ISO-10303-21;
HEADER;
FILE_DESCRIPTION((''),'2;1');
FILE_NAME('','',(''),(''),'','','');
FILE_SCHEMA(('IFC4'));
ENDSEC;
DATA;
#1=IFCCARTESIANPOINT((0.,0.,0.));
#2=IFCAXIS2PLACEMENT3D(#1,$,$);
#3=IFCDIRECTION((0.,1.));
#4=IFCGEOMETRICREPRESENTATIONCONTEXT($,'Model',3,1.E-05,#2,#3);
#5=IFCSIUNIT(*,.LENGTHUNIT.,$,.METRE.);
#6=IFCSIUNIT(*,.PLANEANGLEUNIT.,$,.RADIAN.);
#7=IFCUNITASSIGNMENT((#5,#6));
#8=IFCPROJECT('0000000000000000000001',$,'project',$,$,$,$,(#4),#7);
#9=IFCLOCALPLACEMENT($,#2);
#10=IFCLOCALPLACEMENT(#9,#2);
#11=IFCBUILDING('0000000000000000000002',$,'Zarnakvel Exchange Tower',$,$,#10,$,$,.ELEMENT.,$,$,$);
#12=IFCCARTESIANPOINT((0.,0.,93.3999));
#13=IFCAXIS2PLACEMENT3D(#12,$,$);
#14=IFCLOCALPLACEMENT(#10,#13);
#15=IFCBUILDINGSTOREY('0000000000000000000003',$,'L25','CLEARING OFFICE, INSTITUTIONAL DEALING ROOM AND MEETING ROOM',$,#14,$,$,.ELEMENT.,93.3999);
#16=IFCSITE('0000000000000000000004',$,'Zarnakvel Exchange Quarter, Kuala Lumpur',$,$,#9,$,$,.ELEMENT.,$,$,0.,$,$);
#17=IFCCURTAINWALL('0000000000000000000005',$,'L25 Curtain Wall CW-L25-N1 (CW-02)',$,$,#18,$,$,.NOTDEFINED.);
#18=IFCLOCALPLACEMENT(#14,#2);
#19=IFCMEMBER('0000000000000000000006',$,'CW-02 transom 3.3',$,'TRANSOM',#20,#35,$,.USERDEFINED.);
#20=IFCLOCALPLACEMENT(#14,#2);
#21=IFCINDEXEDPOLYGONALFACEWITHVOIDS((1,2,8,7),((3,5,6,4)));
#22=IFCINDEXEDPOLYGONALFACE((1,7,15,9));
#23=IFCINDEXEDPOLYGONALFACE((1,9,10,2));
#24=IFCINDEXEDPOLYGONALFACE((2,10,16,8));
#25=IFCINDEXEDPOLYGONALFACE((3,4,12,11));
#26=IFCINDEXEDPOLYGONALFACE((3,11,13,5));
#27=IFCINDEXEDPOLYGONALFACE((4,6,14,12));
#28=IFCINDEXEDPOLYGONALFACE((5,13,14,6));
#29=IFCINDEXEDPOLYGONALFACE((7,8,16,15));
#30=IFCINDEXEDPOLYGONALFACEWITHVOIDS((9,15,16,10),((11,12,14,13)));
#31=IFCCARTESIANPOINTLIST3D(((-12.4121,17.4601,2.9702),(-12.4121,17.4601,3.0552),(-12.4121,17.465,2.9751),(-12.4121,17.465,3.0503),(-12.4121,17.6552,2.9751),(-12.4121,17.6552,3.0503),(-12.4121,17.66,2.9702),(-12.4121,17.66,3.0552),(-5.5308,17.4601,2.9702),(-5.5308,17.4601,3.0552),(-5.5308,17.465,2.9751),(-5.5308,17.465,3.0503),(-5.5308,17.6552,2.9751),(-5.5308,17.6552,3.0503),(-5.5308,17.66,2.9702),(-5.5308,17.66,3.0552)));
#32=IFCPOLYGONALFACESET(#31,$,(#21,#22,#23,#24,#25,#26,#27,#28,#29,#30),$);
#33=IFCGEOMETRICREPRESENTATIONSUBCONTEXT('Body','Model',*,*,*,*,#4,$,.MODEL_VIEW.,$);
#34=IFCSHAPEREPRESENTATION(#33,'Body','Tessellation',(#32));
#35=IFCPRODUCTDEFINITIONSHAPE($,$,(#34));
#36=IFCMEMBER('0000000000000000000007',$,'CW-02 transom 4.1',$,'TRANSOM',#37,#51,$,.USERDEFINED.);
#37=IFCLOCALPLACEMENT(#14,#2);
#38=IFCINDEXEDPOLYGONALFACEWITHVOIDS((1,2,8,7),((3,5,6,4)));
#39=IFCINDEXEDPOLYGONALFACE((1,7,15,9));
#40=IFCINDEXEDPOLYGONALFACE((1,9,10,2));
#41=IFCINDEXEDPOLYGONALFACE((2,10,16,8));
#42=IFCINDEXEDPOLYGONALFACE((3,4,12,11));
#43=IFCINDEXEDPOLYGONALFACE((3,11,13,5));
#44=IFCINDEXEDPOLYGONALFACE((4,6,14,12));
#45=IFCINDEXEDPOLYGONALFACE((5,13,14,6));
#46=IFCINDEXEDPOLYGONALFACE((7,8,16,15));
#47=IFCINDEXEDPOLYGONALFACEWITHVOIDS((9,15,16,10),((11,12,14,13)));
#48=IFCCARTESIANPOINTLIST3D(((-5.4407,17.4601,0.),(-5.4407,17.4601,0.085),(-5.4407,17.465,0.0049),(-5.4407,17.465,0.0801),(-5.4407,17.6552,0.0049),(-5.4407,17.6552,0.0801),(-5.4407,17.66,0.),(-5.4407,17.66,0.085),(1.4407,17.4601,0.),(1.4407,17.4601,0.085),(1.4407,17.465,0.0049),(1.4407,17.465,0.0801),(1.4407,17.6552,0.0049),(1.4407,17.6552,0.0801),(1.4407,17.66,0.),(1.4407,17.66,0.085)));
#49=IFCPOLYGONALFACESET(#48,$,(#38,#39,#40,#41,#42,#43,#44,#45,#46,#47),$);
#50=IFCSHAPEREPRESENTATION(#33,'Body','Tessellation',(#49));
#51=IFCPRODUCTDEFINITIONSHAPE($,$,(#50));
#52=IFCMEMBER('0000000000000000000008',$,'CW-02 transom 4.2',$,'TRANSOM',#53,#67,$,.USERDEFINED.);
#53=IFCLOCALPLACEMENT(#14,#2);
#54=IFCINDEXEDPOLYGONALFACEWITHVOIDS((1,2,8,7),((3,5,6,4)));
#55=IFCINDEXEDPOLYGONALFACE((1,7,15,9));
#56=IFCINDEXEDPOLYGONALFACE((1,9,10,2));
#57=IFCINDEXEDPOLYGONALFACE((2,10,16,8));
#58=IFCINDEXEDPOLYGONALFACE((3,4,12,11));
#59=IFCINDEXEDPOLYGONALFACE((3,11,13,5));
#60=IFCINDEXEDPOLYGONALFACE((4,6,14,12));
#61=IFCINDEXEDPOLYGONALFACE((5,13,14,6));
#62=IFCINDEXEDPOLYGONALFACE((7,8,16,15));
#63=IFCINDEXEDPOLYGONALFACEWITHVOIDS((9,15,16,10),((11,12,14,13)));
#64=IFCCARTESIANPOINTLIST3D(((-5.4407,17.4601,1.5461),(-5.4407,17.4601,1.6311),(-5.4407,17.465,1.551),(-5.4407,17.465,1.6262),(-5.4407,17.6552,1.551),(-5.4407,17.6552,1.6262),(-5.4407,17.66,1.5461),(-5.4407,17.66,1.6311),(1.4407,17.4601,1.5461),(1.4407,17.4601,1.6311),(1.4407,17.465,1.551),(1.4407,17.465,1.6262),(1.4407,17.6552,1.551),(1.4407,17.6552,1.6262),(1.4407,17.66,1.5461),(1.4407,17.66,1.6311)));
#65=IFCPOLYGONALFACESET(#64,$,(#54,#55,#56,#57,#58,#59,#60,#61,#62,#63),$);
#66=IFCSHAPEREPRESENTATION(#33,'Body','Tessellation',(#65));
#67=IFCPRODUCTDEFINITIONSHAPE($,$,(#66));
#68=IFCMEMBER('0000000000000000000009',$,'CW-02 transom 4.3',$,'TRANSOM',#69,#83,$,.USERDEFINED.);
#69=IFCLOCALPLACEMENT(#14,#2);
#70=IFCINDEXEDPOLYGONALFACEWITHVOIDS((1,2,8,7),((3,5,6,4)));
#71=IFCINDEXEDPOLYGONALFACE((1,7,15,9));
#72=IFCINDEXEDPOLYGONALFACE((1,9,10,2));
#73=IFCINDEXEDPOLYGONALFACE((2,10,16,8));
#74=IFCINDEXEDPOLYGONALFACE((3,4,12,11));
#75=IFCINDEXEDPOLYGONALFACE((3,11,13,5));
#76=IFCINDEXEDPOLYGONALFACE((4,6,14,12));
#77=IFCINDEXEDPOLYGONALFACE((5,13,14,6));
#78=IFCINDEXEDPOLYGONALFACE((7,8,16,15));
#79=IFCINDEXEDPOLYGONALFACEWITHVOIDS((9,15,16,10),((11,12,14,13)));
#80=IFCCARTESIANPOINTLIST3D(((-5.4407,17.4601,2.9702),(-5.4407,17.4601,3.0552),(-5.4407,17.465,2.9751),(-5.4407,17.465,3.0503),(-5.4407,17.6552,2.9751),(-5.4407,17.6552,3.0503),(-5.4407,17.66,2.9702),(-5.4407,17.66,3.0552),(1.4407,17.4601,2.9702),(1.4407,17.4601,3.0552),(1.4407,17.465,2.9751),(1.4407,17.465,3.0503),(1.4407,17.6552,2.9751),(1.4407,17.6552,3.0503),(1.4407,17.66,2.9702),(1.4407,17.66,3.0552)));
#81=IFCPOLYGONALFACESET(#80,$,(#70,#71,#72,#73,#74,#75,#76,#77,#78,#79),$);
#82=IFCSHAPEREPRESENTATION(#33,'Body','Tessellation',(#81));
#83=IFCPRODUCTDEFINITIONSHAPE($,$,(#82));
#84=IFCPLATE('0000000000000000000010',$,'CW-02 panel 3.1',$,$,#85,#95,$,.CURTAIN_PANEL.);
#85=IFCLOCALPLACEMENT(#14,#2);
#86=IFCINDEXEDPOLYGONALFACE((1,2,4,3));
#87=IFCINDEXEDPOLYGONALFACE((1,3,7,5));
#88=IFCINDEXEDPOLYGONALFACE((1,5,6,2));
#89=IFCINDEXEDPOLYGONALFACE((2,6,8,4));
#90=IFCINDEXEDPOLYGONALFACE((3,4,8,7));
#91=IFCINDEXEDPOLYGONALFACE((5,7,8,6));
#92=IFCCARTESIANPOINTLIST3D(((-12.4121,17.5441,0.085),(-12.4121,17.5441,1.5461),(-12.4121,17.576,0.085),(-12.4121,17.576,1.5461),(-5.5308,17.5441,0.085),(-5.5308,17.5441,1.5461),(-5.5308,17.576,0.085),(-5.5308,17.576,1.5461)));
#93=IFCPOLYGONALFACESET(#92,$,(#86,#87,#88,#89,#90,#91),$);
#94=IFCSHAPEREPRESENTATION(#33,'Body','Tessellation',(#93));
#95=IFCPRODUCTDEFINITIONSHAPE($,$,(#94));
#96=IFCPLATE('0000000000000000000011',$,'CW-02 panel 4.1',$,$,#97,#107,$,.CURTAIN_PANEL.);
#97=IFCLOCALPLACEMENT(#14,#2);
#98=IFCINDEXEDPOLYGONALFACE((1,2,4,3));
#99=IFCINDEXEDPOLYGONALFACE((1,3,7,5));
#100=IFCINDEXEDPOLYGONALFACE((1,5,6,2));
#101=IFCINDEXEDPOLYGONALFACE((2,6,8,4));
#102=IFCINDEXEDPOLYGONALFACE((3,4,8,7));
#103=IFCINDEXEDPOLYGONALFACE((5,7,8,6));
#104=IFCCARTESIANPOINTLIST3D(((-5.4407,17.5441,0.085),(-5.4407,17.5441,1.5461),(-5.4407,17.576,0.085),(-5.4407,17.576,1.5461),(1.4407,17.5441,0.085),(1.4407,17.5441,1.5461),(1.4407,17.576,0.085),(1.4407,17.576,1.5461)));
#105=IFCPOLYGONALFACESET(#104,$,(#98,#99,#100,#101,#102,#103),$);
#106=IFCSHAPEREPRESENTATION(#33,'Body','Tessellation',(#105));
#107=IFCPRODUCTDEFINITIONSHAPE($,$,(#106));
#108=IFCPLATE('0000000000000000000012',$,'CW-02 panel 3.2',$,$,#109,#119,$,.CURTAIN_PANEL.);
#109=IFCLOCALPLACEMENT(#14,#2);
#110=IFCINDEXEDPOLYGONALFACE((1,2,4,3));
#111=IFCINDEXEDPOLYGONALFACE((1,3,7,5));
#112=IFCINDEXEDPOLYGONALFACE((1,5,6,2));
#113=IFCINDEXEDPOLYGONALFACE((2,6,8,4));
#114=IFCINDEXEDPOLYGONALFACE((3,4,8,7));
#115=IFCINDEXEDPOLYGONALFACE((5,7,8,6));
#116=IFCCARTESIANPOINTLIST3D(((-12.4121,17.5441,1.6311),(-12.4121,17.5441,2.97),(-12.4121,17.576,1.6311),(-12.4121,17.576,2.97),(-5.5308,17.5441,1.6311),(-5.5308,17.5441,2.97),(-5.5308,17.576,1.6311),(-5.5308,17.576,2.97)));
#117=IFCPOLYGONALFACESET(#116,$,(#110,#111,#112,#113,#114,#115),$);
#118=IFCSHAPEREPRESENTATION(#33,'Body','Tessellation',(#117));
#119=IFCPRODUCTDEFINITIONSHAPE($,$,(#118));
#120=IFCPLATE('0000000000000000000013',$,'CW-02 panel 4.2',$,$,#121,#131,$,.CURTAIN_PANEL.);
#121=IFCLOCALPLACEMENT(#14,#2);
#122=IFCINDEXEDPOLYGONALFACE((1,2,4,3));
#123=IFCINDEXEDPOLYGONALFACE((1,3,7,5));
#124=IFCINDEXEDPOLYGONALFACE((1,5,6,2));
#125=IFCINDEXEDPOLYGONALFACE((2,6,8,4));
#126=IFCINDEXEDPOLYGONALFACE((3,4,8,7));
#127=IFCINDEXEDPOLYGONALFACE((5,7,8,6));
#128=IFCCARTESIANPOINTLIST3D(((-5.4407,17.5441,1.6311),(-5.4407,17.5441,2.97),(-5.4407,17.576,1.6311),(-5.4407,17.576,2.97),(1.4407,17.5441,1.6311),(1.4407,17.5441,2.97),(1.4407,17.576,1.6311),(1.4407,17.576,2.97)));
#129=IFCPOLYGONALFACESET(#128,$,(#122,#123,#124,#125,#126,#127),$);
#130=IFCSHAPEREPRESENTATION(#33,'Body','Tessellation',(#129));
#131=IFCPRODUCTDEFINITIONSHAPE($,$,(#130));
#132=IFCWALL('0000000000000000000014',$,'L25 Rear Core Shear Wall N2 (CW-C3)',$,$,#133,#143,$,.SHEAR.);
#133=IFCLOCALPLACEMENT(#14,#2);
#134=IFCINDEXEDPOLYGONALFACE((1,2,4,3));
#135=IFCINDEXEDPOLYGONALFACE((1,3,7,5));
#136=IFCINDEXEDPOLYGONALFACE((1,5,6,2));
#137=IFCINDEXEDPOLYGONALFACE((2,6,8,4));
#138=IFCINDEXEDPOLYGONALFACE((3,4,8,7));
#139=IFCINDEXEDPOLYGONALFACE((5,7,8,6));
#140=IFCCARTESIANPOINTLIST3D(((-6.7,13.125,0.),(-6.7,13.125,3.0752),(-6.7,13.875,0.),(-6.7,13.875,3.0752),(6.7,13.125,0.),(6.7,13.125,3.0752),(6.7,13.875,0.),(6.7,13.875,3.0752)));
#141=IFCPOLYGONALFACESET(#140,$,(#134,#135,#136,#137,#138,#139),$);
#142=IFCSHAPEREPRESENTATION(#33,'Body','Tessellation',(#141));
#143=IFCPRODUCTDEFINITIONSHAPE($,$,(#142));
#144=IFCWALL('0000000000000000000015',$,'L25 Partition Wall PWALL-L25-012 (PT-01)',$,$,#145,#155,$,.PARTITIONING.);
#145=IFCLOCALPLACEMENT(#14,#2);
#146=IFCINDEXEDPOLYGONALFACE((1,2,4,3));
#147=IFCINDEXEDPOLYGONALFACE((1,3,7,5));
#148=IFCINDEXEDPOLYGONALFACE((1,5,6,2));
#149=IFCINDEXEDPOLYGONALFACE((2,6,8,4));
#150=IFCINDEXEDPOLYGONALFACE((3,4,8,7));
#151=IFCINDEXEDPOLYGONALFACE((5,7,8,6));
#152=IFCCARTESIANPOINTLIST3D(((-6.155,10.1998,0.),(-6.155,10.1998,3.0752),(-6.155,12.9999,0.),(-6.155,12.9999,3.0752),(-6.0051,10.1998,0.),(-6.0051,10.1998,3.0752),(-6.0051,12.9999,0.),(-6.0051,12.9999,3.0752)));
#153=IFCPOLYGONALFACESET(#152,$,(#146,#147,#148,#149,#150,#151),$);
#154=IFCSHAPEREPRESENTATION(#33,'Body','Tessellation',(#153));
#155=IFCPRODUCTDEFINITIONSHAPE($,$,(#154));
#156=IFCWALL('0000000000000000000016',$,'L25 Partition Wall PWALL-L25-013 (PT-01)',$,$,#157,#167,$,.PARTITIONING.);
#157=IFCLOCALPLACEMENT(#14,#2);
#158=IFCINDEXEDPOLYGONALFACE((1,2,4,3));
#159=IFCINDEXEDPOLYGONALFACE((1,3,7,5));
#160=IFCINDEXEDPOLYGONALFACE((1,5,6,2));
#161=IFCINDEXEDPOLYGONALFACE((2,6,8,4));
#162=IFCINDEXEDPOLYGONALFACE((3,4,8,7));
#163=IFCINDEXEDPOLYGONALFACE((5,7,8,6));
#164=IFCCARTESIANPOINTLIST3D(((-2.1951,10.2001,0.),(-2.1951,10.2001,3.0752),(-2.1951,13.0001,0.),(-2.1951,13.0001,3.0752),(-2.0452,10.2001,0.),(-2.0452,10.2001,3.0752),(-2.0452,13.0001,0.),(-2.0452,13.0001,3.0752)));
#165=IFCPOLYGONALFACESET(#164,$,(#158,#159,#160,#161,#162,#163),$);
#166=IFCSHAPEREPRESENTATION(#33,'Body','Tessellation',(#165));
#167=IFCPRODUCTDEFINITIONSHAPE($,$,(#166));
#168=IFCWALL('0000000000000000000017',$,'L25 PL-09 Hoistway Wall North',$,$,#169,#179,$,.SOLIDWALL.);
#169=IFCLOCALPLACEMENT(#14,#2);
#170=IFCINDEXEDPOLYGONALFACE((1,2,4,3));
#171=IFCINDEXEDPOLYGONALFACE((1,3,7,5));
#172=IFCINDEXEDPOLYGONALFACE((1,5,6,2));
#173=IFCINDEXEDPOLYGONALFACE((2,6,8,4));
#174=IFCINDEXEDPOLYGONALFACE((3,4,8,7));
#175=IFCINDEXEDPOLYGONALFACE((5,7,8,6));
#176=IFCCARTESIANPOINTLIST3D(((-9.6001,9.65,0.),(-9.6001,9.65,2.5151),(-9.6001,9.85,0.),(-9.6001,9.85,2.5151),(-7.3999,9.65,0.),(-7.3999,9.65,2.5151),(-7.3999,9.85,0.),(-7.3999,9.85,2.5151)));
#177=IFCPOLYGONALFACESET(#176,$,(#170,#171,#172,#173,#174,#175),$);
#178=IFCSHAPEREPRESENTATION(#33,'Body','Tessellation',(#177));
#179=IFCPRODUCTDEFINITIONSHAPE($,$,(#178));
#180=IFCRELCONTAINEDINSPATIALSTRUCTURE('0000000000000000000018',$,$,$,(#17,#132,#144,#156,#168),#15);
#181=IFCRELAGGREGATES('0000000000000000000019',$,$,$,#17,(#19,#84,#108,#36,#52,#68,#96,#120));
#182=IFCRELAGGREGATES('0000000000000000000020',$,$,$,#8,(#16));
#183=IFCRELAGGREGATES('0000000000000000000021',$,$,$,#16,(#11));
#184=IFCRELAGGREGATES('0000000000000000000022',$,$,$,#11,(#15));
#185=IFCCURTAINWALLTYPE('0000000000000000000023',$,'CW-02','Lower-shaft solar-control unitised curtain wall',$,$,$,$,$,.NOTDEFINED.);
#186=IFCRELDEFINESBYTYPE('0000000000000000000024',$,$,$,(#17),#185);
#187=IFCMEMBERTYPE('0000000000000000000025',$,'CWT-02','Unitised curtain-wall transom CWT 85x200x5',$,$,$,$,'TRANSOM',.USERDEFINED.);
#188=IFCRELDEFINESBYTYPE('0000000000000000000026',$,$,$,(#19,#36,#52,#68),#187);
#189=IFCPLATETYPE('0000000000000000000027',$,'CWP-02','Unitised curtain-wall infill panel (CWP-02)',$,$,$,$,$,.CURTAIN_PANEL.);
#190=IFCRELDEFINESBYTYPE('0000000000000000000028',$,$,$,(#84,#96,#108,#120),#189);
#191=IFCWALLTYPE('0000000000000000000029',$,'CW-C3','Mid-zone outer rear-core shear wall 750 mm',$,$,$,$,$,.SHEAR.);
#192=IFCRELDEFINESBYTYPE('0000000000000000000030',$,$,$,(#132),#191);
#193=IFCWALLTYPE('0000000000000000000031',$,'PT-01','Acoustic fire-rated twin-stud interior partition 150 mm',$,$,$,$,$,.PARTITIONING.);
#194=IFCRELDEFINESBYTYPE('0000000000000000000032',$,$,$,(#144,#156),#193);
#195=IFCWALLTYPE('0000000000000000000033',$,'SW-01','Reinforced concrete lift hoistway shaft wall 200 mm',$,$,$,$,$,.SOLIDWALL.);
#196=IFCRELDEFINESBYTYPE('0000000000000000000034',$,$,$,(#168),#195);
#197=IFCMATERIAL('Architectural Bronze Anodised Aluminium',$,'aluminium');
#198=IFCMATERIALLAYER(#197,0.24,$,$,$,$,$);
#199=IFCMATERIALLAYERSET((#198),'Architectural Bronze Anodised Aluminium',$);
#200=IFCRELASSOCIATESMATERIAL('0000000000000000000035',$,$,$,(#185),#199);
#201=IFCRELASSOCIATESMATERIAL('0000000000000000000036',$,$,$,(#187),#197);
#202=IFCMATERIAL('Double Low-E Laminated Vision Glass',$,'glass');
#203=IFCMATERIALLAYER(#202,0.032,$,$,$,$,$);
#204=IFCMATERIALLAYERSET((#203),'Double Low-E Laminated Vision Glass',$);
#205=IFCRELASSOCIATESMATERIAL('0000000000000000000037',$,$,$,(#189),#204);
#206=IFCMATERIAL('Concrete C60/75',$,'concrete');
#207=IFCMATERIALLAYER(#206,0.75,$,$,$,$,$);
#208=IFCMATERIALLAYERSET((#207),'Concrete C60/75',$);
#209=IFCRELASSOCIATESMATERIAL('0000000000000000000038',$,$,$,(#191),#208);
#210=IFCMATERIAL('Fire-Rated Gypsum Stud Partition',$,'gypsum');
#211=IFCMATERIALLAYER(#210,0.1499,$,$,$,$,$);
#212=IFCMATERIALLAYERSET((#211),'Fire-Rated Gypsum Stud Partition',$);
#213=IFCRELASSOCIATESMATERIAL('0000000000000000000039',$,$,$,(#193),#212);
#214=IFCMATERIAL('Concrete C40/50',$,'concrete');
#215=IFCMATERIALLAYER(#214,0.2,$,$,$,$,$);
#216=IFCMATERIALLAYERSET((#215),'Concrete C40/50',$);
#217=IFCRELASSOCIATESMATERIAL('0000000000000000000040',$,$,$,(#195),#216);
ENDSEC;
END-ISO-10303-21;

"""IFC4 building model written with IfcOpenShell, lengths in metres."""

from ifc_helpers import new_model, si_unit, direction, frame, frame_2d, origin, origin_2d, place, context, subcontext, project, spatial, rectangle, hollow_rectangle, extrude, source, transform, mapped, material, layer, layer_set, material_profile, profile_set, type_object, element, aggregate, save


model = new_model("IFC4")

# Units and contexts
model_context = context("Model", 3, precision=1e-05, world=origin(), true_north=direction((0.0, 1.0)))
body_context = subcontext(model_context, "Body", "Model", "MODEL_VIEW")
ifc_project = project(units=[si_unit("LENGTHUNIT", "METRE"), si_unit("PLANEANGLEUNIT", "RADIAN")], contexts=[model_context])

# Site, building, storey
site_placement = place(None, origin())
site = spatial("IfcSite", under=ifc_project, at=site_placement, Name="Zarnakvel Exchange Quarter, Kuala Lumpur", CompositionType="ELEMENT", RefElevation=0.0)
building_placement = place(site_placement, origin())
building = spatial("IfcBuilding", under=site, at=building_placement, Name="Zarnakvel Exchange Tower", CompositionType="ELEMENT")
storey_placement = place(building_placement, frame((0.0, 0.0, 93.3999)))
storey = spatial("IfcBuildingStorey", under=building, at=storey_placement, Name="L25", Description="CLEARING OFFICE, INSTITUTIONAL DEALING ROOM AND MEETING ROOM", CompositionType="ELEMENT", Elevation=93.3999)

# Shared definitions
ifc_material_1 = material(Name="Concrete C60/75", Category="concrete")

# Curtain wall, members, plates
ifc_material_2 = material(Name="Architectural Bronze Anodised Aluminium", Category="aluminium")
ifc_layer_1 = layer(ifc_material_2, 0.24)
ifc_layer_set_1 = layer_set([ifc_layer_1], Name="Architectural Bronze Anodised Aluminium")
curtain_wall_type = type_object("IfcCurtainWallType", Name="CW-02", Description="Lower-shaft solar-control unitised curtain wall", PredefinedType="NOTDEFINED", material=ifc_layer_set_1)
curtain_wall_placement = place(storey_placement, origin())
curtain_wall = element("IfcCurtainWall", 1, at=curtain_wall_placement, inside=storey, type_object=curtain_wall_type, Name="L25 Curtain Wall CW-L25-N1 (CW-02)", PredefinedType="NOTDEFINED")
ifc_material_profile_1 = material_profile(ifc_material_2, hollow_rectangle(XDim=0.2, YDim=0.085, WallThickness=0.0049, at=origin_2d()))
ifc_profile_set_1 = profile_set([ifc_material_profile_1], Name="Architectural Bronze Anodised Aluminium")
member_type_1 = type_object("IfcMemberType", Name="CWT-02", Description="Unitised curtain-wall transom CWT 85x200x5", ElementType="TRANSOM", PredefinedType="USERDEFINED", material=ifc_profile_set_1)
shared_shape_1 = source(origin(), body_context, "Body", "SweptSolid", [
    extrude(hollow_rectangle(XDim=0.2, YDim=0.085, WallThickness=0.0049, at=origin_2d()), origin(), (0.0, 0.0, 1.0), 6.8813),
])
member_1_placement = place(storey_placement, frame((-12.4121, 17.5601, 3.0127), z_axis=(1.0, 0.0, 0.0), x_axis=(0.0, 1.0, 0.0)))
member_1 = element("IfcMember", 2, at=member_1_placement, type_object=member_type_1, Name="CW-02 transom 3.3", ObjectType="TRANSOM", PredefinedType="USERDEFINED", context=body_context, shape_type="MappedRepresentation", body=[
    mapped(shared_shape_1, transform((0.0, 0.0, 0.0), x_axis=(1.0, 0.0, 0.0), y_axis=(0.0, 1.0, 0.0), z_axis=(0.0, 0.0, 1.0), scale=1.0)),
])
member_2_placement = place(storey_placement, frame((-5.4407, 17.5601, 0.0425), z_axis=(1.0, 0.0, 0.0), x_axis=(0.0, 1.0, 0.0)))
member_2 = element("IfcMember", 3, at=member_2_placement, type_object=member_type_1, Name="CW-02 transom 4.1", ObjectType="TRANSOM", PredefinedType="USERDEFINED", context=body_context, shape_type="MappedRepresentation", body=[
    mapped(shared_shape_1, transform((0.0, 0.0, 0.0), x_axis=(1.0, 0.0, 0.0), y_axis=(0.0, 1.0, 0.0), z_axis=(0.0, 0.0, 1.0), scale=1.0)),
])
member_3_placement = place(storey_placement, frame((-5.4407, 17.5601, 1.5886), z_axis=(1.0, 0.0, 0.0), x_axis=(0.0, 1.0, 0.0)))
member_3 = element("IfcMember", 4, at=member_3_placement, type_object=member_type_1, Name="CW-02 transom 4.2", ObjectType="TRANSOM", PredefinedType="USERDEFINED", context=body_context, shape_type="MappedRepresentation", body=[
    mapped(shared_shape_1, transform((0.0, 0.0, 0.0), x_axis=(1.0, 0.0, 0.0), y_axis=(0.0, 1.0, 0.0), z_axis=(0.0, 0.0, 1.0), scale=1.0)),
])
member_4_placement = place(storey_placement, frame((-5.4407, 17.5601, 3.0127), z_axis=(1.0, 0.0, 0.0), x_axis=(0.0, 1.0, 0.0)))
member_4 = element("IfcMember", 5, at=member_4_placement, type_object=member_type_1, Name="CW-02 transom 4.3", ObjectType="TRANSOM", PredefinedType="USERDEFINED", context=body_context, shape_type="MappedRepresentation", body=[
    mapped(shared_shape_1, transform((0.0, 0.0, 0.0), x_axis=(1.0, 0.0, 0.0), y_axis=(0.0, 1.0, 0.0), z_axis=(0.0, 0.0, 1.0), scale=1.0)),
])
ifc_material_3 = material(Name="Double Low-E Laminated Vision Glass", Category="glass")
ifc_layer_2 = layer(ifc_material_3, 0.032)
ifc_layer_set_2 = layer_set([ifc_layer_2], Name="Double Low-E Laminated Vision Glass")
plate_type = type_object("IfcPlateType", Name="CWP-02", Description="Unitised curtain-wall infill panel (CWP-02)", PredefinedType="CURTAIN_PANEL", material=ifc_layer_set_2)
shared_shape_2 = source(origin(), body_context, "Body", "SweptSolid", [
    extrude(rectangle(XDim=6.8813, YDim=0.032, at=origin_2d()), origin(), (0.0, 0.0, 1.0), 1.4612),
])
plate_1_placement = place(storey_placement, frame((-8.9714, 17.5601, 0.085), z_axis=(0.0, 0.0, 1.0), x_axis=(1.0, 0.0, 0.0)))
plate_1 = element("IfcPlate", 6, at=plate_1_placement, type_object=plate_type, Name="CW-02 panel 3.1", PredefinedType="CURTAIN_PANEL", context=body_context, shape_type="MappedRepresentation", body=[
    mapped(shared_shape_2, transform((0.0, 0.0, 0.0), x_axis=(1.0, 0.0, 0.0), y_axis=(0.0, 1.0, 0.0), z_axis=(0.0, 0.0, 1.0), scale=1.0)),
])
plate_2_placement = place(storey_placement, frame((-2.0, 17.5601, 0.085), z_axis=(0.0, 0.0, 1.0), x_axis=(1.0, 0.0, 0.0)))
plate_2 = element("IfcPlate", 7, at=plate_2_placement, type_object=plate_type, Name="CW-02 panel 4.1", PredefinedType="CURTAIN_PANEL", context=body_context, shape_type="MappedRepresentation", body=[
    mapped(shared_shape_2, transform((0.0, 0.0, 0.0), x_axis=(1.0, 0.0, 0.0), y_axis=(0.0, 1.0, 0.0), z_axis=(0.0, 0.0, 1.0), scale=1.0)),
])
shared_shape_3 = source(origin(), body_context, "Body", "SweptSolid", [
    extrude(rectangle(XDim=6.8813, YDim=0.032, at=origin_2d()), origin(), (0.0, 0.0, 1.0), 1.3389),
])
plate_3_placement = place(storey_placement, frame((-8.9714, 17.5601, 1.6311), z_axis=(0.0, 0.0, 1.0), x_axis=(1.0, 0.0, 0.0)))
plate_3 = element("IfcPlate", 8, at=plate_3_placement, type_object=plate_type, Name="CW-02 panel 3.2", PredefinedType="CURTAIN_PANEL", context=body_context, shape_type="MappedRepresentation", body=[
    mapped(shared_shape_3, transform((0.0, 0.0, 0.0), x_axis=(1.0, 0.0, 0.0), y_axis=(0.0, 1.0, 0.0), z_axis=(0.0, 0.0, 1.0), scale=1.0)),
])
plate_4_placement = place(storey_placement, frame((-2.0, 17.5601, 1.6311), z_axis=(0.0, 0.0, 1.0), x_axis=(1.0, 0.0, 0.0)))
plate_4 = element("IfcPlate", 9, at=plate_4_placement, type_object=plate_type, Name="CW-02 panel 4.2", PredefinedType="CURTAIN_PANEL", context=body_context, shape_type="MappedRepresentation", body=[
    mapped(shared_shape_3, transform((0.0, 0.0, 0.0), x_axis=(1.0, 0.0, 0.0), y_axis=(0.0, 1.0, 0.0), z_axis=(0.0, 0.0, 1.0), scale=1.0)),
])
aggregate(curtain_wall, [member_1, plate_1, plate_3, member_2, member_3, member_4, plate_2, plate_4])

# Wall
ifc_layer_3 = layer(ifc_material_1, 0.75)
ifc_layer_set_3 = layer_set([ifc_layer_3], Name="Concrete C60/75")
wall_type_1 = type_object("IfcWallType", Name="CW-C3", Description="Mid-zone outer rear-core shear wall 750 mm", PredefinedType="SHEAR", material=ifc_layer_set_3)
wall_1_placement = place(storey_placement, frame((-6.7, 13.5, 0.0), z_axis=(0.0, 0.0, 1.0), x_axis=(1.0, 0.0, 0.0)))
element("IfcWall", 10, at=wall_1_placement, inside=storey, type_object=wall_type_1, Name="L25 Rear Core Shear Wall N2 (CW-C3)", PredefinedType="SHEAR", context=body_context, shape_type="SweptSolid", body=[
    extrude(rectangle(XDim=13.3999, YDim=0.75, at=frame_2d((6.7, 0.0))), origin(), (0.0, 0.0, 1.0), 3.0752),
])

# Shared definitions
ifc_material_4 = material(Name="Fire-Rated Gypsum Stud Partition", Category="gypsum")
ifc_layer_4 = layer(ifc_material_4, 0.1499)
ifc_layer_set_4 = layer_set([ifc_layer_4], Name="Fire-Rated Gypsum Stud Partition")
wall_type_2 = type_object("IfcWallType", Name="PT-01", Description="Acoustic fire-rated twin-stud interior partition 150 mm", PredefinedType="PARTITIONING", material=ifc_layer_set_4)

# Walls
for number, where, z_axis, x_axis, name in (
    (11, (-6.0801, 10.2, 0.0), (0.0, 0.0, 1.0), (0.0, 1.0, 0.0), "L25 Partition Wall PWALL-L25-012 (PT-01)"),
    (12, (-2.1201, 13.0, 0.0), (0.0, 0.0, 1.0), (0.0, -1.0, 0.0), "L25 Partition Wall PWALL-L25-013 (PT-01)"),
):
    element("IfcWall", number, at=place(storey_placement, frame(where, z_axis=z_axis, x_axis=x_axis)), inside=storey, type_object=wall_type_2, Name=name, PredefinedType="PARTITIONING", context=body_context, shape_type="SweptSolid", body=[
        extrude(rectangle(XDim=2.8, YDim=0.1499, at=frame_2d((1.3999, 0.0))), origin(), (0.0, 0.0, 1.0), 3.0752),
    ])
ifc_material_5 = material(Name="Concrete C40/50", Category="concrete")
ifc_layer_5 = layer(ifc_material_5, 0.2)
ifc_layer_set_5 = layer_set([ifc_layer_5], Name="Concrete C40/50")
wall_type_3 = type_object("IfcWallType", Name="SW-01", Description="Reinforced concrete lift hoistway shaft wall 200 mm", PredefinedType="SOLIDWALL", material=ifc_layer_set_5)
wall_2_placement = place(storey_placement, frame((-9.6001, 9.75, 0.0), z_axis=(0.0, 0.0, 1.0), x_axis=(1.0, 0.0, 0.0)))
element("IfcWall", 13, at=wall_2_placement, inside=storey, type_object=wall_type_3, Name="L25 PL-09 Hoistway Wall North", PredefinedType="SOLIDWALL", context=body_context, shape_type="SweptSolid", body=[
    extrude(rectangle(XDim=2.2002, YDim=0.2, at=frame_2d((1.1001, 0.0))), origin(), (0.0, 0.0, 1.0), 2.5151),
])

save(model, "model.ifc")
